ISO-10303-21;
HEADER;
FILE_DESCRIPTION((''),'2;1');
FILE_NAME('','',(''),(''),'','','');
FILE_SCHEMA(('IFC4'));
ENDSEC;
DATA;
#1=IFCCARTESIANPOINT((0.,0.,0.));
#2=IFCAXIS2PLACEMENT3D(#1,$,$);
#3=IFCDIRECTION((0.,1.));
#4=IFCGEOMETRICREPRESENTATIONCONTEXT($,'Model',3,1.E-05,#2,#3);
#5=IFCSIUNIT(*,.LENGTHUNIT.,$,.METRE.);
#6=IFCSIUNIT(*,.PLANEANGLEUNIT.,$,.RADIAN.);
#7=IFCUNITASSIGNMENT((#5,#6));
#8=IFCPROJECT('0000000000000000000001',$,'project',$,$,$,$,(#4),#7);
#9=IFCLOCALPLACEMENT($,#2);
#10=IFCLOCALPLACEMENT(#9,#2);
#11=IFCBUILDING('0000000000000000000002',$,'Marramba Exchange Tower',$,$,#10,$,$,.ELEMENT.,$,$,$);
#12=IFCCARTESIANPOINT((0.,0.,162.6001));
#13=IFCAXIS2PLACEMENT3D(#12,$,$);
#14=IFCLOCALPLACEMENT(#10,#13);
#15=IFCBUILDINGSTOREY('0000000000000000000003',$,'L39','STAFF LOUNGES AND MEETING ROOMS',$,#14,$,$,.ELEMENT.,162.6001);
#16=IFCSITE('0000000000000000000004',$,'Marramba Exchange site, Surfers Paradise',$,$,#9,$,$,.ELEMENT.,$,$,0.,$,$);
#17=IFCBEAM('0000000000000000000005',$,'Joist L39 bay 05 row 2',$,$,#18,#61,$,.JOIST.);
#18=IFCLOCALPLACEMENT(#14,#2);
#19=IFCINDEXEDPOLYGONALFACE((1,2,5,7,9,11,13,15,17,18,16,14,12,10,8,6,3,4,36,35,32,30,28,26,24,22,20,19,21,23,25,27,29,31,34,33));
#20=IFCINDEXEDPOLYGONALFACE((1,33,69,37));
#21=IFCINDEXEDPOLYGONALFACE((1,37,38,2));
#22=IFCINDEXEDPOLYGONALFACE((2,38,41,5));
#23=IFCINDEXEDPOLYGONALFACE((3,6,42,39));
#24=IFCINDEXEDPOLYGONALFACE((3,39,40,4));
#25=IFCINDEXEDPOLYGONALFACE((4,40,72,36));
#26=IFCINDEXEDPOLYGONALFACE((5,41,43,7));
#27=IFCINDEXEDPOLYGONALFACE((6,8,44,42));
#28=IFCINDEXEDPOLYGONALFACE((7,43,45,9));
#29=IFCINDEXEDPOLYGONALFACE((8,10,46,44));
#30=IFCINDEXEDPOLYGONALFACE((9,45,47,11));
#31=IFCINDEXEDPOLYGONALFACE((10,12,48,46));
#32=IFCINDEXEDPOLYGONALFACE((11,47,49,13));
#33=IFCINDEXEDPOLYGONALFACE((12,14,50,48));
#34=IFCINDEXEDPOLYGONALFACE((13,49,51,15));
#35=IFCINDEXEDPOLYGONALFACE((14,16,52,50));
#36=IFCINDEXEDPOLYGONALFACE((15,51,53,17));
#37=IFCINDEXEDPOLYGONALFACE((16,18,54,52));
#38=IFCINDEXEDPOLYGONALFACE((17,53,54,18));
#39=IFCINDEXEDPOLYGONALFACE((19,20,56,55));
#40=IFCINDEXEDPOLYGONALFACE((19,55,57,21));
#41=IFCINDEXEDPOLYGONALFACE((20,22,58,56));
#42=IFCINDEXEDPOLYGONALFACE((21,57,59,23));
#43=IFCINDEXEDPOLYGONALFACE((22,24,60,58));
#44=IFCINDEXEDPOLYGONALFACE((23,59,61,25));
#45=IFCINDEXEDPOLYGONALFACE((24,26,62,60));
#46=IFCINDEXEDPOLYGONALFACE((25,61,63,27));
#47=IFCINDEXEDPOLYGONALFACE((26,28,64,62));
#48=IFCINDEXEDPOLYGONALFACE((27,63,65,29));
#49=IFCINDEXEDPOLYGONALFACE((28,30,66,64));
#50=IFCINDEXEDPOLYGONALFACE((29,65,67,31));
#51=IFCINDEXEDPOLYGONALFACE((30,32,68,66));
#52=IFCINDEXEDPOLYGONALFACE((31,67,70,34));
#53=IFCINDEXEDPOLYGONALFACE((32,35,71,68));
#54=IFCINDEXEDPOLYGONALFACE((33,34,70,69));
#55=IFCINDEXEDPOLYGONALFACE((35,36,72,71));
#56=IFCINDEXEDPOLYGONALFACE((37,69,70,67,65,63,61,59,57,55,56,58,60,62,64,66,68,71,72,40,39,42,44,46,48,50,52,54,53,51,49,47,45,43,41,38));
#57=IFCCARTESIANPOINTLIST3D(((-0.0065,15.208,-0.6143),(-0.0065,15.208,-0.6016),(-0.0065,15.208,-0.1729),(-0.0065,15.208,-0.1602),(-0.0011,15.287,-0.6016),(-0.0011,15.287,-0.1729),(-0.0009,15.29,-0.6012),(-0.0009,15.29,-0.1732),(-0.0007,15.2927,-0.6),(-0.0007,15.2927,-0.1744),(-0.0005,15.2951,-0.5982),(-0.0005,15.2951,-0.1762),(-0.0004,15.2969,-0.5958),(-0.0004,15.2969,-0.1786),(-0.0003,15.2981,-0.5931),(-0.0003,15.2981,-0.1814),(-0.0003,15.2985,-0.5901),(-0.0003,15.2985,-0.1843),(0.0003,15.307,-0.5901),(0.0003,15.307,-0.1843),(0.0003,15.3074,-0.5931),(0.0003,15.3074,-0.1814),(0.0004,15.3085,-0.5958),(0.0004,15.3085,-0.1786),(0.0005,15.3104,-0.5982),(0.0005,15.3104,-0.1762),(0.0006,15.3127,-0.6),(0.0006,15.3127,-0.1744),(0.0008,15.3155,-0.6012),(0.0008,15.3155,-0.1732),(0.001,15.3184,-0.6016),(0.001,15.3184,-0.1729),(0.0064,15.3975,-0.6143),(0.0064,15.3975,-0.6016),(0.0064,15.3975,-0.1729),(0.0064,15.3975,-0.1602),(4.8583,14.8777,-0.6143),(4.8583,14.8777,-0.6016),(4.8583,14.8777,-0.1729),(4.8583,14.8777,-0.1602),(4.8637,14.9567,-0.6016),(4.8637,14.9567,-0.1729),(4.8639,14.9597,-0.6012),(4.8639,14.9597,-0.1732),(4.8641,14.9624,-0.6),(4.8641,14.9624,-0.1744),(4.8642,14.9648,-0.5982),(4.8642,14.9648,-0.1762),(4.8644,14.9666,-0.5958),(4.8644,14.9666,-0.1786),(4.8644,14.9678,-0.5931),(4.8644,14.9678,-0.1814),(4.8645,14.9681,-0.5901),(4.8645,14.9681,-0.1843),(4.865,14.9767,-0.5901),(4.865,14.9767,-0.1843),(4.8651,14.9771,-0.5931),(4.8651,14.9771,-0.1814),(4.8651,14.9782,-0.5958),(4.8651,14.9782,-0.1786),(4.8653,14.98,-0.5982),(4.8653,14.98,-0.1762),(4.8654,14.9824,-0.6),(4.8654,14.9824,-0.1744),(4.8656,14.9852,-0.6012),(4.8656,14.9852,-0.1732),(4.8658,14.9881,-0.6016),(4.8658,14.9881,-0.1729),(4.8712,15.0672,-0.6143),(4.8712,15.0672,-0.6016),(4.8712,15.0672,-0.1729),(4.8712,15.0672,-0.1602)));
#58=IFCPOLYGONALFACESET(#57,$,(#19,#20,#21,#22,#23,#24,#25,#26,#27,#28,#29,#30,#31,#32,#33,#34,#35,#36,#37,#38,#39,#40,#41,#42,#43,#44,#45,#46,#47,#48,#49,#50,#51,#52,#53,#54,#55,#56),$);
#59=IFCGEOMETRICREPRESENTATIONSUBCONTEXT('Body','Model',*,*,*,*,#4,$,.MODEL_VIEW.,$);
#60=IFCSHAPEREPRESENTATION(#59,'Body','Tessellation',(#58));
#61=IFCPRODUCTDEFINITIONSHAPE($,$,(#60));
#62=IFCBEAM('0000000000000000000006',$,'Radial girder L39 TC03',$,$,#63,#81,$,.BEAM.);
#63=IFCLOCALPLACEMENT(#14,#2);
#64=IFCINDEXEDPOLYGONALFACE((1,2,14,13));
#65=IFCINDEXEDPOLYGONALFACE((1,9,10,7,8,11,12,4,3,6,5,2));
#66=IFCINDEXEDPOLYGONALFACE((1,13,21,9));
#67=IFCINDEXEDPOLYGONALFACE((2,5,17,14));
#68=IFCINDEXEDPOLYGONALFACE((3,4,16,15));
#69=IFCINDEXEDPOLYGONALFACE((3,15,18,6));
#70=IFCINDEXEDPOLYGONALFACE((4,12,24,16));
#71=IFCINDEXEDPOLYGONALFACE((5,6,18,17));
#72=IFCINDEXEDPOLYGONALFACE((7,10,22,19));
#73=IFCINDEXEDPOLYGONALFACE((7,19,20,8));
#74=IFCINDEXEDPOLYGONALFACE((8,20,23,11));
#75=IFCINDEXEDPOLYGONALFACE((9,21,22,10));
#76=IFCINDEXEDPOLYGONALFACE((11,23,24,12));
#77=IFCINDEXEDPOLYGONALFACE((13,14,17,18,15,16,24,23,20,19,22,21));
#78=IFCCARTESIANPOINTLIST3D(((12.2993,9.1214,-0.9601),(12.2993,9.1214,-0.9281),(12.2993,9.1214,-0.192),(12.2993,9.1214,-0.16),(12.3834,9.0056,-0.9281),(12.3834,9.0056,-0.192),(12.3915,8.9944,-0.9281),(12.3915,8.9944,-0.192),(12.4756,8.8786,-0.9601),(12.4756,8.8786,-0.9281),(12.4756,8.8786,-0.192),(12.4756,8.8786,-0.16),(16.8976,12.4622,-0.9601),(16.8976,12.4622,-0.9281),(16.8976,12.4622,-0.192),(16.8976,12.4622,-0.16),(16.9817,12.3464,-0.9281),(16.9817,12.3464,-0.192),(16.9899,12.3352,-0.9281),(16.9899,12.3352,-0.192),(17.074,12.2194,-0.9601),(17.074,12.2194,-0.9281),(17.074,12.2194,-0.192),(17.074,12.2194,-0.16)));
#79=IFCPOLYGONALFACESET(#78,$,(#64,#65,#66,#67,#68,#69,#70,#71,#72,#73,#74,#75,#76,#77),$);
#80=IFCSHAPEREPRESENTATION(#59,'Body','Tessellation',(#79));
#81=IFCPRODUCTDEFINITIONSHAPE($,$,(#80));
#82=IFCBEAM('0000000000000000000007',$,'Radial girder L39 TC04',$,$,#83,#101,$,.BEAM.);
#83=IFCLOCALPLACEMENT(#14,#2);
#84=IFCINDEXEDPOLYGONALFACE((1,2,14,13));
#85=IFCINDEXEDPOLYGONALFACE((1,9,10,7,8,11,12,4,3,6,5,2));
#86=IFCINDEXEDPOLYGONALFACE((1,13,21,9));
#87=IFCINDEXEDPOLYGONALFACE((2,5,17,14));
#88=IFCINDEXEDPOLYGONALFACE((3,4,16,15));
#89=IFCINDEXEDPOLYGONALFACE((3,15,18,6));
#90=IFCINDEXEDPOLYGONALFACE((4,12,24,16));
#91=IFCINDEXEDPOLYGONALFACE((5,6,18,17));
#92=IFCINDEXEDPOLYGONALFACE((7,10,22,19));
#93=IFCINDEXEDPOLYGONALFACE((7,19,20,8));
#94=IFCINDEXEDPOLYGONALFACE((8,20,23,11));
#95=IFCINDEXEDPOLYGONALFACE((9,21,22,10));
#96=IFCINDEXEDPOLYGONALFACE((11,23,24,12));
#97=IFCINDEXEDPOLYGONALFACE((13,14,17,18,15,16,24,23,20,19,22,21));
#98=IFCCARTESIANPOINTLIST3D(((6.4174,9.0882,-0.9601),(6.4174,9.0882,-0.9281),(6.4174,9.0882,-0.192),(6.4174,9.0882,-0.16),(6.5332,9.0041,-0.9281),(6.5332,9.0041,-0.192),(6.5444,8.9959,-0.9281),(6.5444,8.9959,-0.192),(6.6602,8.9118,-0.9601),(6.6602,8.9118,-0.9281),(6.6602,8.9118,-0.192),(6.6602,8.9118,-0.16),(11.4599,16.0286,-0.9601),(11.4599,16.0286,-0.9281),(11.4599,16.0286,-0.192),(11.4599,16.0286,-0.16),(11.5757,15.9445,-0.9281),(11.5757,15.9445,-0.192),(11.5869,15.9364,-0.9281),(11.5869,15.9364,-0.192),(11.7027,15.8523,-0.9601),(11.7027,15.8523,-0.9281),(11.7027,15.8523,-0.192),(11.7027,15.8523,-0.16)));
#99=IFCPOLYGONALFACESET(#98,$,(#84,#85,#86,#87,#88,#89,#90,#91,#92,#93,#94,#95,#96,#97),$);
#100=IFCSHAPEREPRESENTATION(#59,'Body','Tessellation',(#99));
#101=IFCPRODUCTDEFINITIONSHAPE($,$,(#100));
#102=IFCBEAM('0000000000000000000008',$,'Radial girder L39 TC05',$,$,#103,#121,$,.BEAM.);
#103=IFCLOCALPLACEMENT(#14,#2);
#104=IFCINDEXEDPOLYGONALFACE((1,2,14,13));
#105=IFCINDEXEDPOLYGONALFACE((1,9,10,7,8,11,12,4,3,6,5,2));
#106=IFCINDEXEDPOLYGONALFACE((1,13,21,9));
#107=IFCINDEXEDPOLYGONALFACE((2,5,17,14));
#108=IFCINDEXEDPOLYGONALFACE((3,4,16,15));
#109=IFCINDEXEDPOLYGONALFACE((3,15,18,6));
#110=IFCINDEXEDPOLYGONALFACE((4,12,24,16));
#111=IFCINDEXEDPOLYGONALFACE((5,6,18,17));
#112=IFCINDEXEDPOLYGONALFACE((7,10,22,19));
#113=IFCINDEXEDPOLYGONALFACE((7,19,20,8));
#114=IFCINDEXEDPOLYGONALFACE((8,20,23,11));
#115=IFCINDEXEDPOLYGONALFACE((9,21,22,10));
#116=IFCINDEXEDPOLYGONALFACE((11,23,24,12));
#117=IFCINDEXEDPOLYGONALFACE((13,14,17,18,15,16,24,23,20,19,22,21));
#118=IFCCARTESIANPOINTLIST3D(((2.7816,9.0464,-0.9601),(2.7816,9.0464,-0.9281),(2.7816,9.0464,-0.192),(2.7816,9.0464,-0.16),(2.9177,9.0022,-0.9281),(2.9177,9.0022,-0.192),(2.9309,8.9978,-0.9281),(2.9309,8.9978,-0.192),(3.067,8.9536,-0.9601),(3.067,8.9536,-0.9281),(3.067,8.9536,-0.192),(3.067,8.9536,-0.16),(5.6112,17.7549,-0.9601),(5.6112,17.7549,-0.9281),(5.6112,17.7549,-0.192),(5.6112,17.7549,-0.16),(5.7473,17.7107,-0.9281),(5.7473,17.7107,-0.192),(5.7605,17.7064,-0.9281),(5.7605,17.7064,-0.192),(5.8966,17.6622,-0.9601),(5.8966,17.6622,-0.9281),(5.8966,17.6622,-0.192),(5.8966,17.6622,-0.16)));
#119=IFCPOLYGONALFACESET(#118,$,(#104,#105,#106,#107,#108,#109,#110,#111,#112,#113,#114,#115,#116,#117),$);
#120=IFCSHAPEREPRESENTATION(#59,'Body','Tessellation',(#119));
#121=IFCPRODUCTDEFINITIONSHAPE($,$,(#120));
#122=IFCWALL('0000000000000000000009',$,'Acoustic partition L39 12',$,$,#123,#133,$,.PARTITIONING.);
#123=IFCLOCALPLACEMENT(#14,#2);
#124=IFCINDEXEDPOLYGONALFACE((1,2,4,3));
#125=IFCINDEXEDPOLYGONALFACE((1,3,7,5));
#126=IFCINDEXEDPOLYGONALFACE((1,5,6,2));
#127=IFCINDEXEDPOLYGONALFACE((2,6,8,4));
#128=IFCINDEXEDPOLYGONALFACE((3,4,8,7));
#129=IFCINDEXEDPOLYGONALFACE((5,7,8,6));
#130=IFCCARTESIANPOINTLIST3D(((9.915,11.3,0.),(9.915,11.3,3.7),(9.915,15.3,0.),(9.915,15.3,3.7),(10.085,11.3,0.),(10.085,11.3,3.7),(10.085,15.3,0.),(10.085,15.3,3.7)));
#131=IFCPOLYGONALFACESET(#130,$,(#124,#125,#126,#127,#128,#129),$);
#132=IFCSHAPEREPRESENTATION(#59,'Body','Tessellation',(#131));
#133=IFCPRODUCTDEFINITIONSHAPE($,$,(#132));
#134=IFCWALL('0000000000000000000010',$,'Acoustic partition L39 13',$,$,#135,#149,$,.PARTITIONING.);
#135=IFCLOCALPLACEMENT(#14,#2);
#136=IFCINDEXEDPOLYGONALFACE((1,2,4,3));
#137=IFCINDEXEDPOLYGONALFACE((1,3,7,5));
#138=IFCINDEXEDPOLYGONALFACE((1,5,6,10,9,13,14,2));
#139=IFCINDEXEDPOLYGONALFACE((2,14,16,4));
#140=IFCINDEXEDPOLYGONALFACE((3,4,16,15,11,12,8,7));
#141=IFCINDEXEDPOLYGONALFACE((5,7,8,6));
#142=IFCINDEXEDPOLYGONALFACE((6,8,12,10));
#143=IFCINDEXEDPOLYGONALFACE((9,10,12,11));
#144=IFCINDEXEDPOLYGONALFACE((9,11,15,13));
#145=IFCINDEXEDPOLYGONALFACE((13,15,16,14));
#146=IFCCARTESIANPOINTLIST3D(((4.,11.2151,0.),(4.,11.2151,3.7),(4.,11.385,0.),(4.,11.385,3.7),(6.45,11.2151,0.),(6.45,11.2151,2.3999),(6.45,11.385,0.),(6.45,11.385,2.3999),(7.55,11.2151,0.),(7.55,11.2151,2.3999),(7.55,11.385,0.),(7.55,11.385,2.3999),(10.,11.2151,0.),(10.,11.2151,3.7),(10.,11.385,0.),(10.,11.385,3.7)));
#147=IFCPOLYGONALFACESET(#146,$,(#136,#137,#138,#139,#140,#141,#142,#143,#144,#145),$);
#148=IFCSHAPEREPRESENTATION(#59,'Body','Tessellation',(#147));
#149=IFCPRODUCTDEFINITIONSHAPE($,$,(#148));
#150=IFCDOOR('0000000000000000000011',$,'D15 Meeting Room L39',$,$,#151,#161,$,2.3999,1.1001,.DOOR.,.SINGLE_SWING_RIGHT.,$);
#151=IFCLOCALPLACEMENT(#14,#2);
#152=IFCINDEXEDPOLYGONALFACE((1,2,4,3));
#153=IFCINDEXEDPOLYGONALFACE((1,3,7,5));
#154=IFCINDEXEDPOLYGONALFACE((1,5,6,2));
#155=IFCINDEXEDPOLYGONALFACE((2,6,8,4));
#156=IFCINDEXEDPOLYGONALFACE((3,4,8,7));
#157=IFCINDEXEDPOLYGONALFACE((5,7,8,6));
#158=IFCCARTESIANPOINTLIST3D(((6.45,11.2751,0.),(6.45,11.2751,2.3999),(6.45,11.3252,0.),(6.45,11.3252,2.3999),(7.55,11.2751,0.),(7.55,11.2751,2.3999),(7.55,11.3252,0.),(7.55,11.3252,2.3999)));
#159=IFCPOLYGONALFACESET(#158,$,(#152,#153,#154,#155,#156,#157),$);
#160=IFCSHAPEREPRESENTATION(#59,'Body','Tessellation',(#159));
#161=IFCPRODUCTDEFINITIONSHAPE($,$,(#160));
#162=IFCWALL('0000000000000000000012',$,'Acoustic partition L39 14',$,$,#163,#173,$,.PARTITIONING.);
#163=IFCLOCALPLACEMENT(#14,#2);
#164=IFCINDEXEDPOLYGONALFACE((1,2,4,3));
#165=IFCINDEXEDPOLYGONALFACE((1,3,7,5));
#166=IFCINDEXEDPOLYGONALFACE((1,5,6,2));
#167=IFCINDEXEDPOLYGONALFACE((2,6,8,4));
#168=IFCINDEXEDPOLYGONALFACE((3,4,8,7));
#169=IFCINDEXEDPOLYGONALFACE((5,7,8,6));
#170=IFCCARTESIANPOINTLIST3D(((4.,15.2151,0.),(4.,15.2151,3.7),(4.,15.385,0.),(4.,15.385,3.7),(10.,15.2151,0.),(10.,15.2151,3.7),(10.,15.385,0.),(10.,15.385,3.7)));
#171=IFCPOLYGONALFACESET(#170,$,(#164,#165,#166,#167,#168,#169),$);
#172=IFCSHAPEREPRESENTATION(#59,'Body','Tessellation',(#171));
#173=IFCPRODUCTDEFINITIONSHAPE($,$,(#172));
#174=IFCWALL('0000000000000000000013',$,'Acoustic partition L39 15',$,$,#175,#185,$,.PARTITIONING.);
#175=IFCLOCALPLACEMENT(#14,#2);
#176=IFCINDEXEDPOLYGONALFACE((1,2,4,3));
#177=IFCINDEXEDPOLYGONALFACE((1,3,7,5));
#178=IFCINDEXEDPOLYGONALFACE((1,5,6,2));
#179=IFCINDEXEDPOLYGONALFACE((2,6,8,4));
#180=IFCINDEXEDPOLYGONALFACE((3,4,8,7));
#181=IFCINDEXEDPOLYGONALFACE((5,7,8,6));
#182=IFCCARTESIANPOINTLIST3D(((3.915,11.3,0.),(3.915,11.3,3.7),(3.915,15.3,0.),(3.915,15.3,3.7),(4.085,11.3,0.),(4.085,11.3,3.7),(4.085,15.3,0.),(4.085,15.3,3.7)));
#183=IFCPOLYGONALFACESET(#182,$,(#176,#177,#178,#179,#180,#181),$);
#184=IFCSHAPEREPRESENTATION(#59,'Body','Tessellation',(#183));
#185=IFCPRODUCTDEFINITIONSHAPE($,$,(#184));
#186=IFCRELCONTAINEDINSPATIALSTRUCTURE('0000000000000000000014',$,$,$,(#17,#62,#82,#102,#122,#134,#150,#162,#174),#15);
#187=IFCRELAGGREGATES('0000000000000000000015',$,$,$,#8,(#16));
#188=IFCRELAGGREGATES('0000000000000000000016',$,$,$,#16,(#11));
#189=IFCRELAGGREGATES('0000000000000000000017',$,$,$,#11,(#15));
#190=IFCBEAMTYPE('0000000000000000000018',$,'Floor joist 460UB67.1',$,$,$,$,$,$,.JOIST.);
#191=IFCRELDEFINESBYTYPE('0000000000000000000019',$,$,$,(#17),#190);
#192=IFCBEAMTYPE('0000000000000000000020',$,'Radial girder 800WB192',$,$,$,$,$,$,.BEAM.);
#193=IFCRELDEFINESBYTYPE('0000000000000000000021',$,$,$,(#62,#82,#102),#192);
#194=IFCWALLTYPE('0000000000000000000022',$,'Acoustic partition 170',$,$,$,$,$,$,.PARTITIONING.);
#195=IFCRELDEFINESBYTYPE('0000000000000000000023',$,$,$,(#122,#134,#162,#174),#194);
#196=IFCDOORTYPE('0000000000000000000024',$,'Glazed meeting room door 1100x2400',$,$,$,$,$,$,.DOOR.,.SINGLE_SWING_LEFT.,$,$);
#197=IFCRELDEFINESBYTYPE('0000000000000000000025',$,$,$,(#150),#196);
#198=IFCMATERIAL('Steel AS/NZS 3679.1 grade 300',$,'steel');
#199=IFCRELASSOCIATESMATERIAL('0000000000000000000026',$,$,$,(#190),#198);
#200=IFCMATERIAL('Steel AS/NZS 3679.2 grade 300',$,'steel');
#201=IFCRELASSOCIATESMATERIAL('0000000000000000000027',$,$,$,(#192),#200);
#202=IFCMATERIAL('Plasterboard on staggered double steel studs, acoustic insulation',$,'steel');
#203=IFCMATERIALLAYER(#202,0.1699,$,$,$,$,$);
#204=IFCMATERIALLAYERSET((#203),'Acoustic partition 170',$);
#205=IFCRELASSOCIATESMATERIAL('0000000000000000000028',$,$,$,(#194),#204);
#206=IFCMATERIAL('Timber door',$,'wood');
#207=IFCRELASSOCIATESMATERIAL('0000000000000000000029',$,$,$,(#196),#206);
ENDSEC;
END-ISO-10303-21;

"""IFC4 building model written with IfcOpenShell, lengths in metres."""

from ifc_helpers import new_model, si_unit, direction, frame, frame_2d, origin, origin_2d, place, context, subcontext, project, spatial, rectangle, i_section, extrude, material, layer, layer_set, material_profile, profile_set, type_object, element, fill, save


model = new_model("IFC4")

# Units and contexts
model_context = context("Model", 3, precision=1e-05, world=origin(), true_north=direction((0.0, 1.0)))
body_context = subcontext(model_context, "Body", "Model", "MODEL_VIEW")
ifc_project = project(units=[si_unit("LENGTHUNIT", "METRE"), si_unit("PLANEANGLEUNIT", "RADIAN")], contexts=[model_context])

# Site, building, storey
site_placement = place(None, origin())
site = spatial("IfcSite", under=ifc_project, at=site_placement, Name="Marramba Exchange site, Surfers Paradise", CompositionType="ELEMENT", RefElevation=0.0)
building_placement = place(site_placement, origin())
building = spatial("IfcBuilding", under=site, at=building_placement, Name="Marramba Exchange Tower", CompositionType="ELEMENT")
storey_placement = place(building_placement, frame((0.0, 0.0, 162.6001)))
storey = spatial("IfcBuildingStorey", under=building, at=storey_placement, Name="L39", Description="STAFF LOUNGES AND MEETING ROOMS", CompositionType="ELEMENT", Elevation=162.6001)

# Beams
ifc_material_1 = material(Name="Steel AS/NZS 3679.1 grade 300", Category="steel")
ifc_material_profile_1 = material_profile(ifc_material_1, i_section(OverallWidth=0.1899, OverallDepth=0.4541, WebThickness=0.0085, FlangeThickness=0.0127, FilletRadius=0.0115, at=origin_2d()), Name="460UB67.1")
ifc_profile_set_1 = profile_set([ifc_material_profile_1], Name="Steel AS/NZS 3679.1 grade 300")
beam_type_1 = type_object("IfcBeamType", Name="Floor joist 460UB67.1", PredefinedType="JOIST", material=ifc_profile_set_1)
beam_1_placement = place(storey_placement, frame((4.8647, 14.9724, -0.3872), z_axis=(-0.997703, 0.067745, 0.0), x_axis=(-0.067745, -0.997703, 0.0)))
element("IfcBeam", 1, at=beam_1_placement, inside=storey, type_object=beam_type_1, Name="Joist L39 bay 05 row 2", PredefinedType="JOIST", context=body_context, shape_type="SweptSolid", body=[
    extrude(i_section(OverallWidth=0.1899, OverallDepth=0.4541, WebThickness=0.0085, FlangeThickness=0.0127, FilletRadius=0.0115, at=origin_2d()), origin(), (0.0, 0.0, 1.0), 4.876),
])
ifc_material_2 = material(Name="Steel AS/NZS 3679.2 grade 300", Category="steel")
ifc_material_profile_2 = material_profile(ifc_material_2, i_section(OverallWidth=0.3, OverallDepth=0.8, WebThickness=0.0139, FlangeThickness=0.032, at=origin_2d()), Name="800WB192")
ifc_profile_set_2 = profile_set([ifc_material_profile_2], Name="Steel AS/NZS 3679.2 grade 300")
beam_type_2 = type_object("IfcBeamType", Name="Radial girder 800WB192", PredefinedType="BEAM", material=ifc_profile_set_2)
beam_2_placement = place(storey_placement, frame((12.3875, 9.0, -0.5601), z_axis=(0.809026, 0.587773, 0.0), x_axis=(-0.587773, 0.809026, 0.0)))
element("IfcBeam", 2, at=beam_2_placement, inside=storey, type_object=beam_type_2, Name="Radial girder L39 TC03", PredefinedType="BEAM", context=body_context, shape_type="SweptSolid", body=[
    extrude(i_section(OverallWidth=0.3, OverallDepth=0.8, WebThickness=0.0139, FlangeThickness=0.032, at=origin_2d()), origin(), (0.0, 0.0, 1.0), 5.6838),
])
beam_3_placement = place(storey_placement, frame((6.5388, 9.0, -0.5601), z_axis=(0.587782, 0.809019, 0.0), x_axis=(-0.809019, 0.587782, 0.0)))
element("IfcBeam", 3, at=beam_3_placement, inside=storey, type_object=beam_type_2, Name="Radial girder L39 TC04", PredefinedType="BEAM", context=body_context, shape_type="SweptSolid", body=[
    extrude(i_section(OverallWidth=0.3, OverallDepth=0.8, WebThickness=0.0139, FlangeThickness=0.032, at=origin_2d()), origin(), (0.0, 0.0, 1.0), 8.5789),
])
beam_4_placement = place(storey_placement, frame((2.9243, 9.0, -0.5601), z_axis=(0.30902, 0.951056, 0.0), x_axis=(-0.951056, 0.30902, 0.0)))
element("IfcBeam", 4, at=beam_4_placement, inside=storey, type_object=beam_type_2, Name="Radial girder L39 TC05", PredefinedType="BEAM", context=body_context, shape_type="SweptSolid", body=[
    extrude(i_section(OverallWidth=0.3, OverallDepth=0.8, WebThickness=0.0139, FlangeThickness=0.032, at=origin_2d()), origin(), (0.0, 0.0, 1.0), 9.1567),
])

# Wall
ifc_material_3 = material(Name="Plasterboard on staggered double steel studs, acoustic insulation", Category="steel")
ifc_layer_1 = layer(ifc_material_3, 0.1699)
ifc_layer_set_1 = layer_set([ifc_layer_1], Name="Acoustic partition 170")
wall_type_1 = type_object("IfcWallType", Name="Acoustic partition 170", PredefinedType="PARTITIONING", material=ifc_layer_set_1)
wall_1_placement = place(storey_placement, frame((10.0, 15.3, 0.0), z_axis=(0.0, 0.0, 1.0), x_axis=(0.0, -1.0, 0.0)))
element("IfcWall", 5, at=wall_1_placement, inside=storey, type_object=wall_type_1, Name="Acoustic partition L39 12", PredefinedType="PARTITIONING", context=body_context, shape_type="SweptSolid", body=[
    extrude(rectangle(XDim=4.0, YDim=0.1699, at=frame_2d((2.0, 0.0))), origin(), (0.0, 0.0, 1.0), 3.7),
])

# Wall, opening, door
wall_2_placement = place(storey_placement, frame((10.0, 11.3, 0.0), z_axis=(0.0, 0.0, 1.0), x_axis=(-1.0, 0.0, 0.0)))
wall_2 = element("IfcWall", 6, at=wall_2_placement, inside=storey, type_object=wall_type_1, Name="Acoustic partition L39 13", PredefinedType="PARTITIONING", context=body_context, shape_type="SweptSolid", body=[
    extrude(rectangle(XDim=6.0, YDim=0.1699, at=frame_2d((3.0, 0.0))), origin(), (0.0, 0.0, 1.0), 3.7),
])
opening_placement = place(wall_2_placement, frame((2.45, 0.0, 0.0)))
opening = element("IfcOpeningElement", 7, at=opening_placement, cuts=wall_2, PredefinedType="OPENING", context=body_context, shape_type="SweptSolid", body=[
    extrude(rectangle(XDim=1.1001, YDim=2.3999, at=frame_2d((0.55, 1.2))), frame((0.0, 0.095, 0.0), z_axis=(0.0, -1.0, 0.0), x_axis=(1.0, 0.0, 0.0)), (0.0, 0.0, 1.0), 0.1899),
])
ifc_material_4 = material(Name="Timber door", Category="wood")
door_type = type_object("IfcDoorType", Name="Glazed meeting room door 1100x2400", OperationType="SINGLE_SWING_LEFT", PredefinedType="DOOR", material=ifc_material_4)
door_placement = place(opening_placement, frame((1.1001, 0.0, 0.0), z_axis=(0.0, 0.0, 1.0), x_axis=(-1.0, 0.0, 0.0)))
door = element("IfcDoor", 8, at=door_placement, inside=storey, type_object=door_type, Name="D15 Meeting Room L39", OperationType="SINGLE_SWING_RIGHT", OverallHeight=2.3999, OverallWidth=1.1001, PredefinedType="DOOR", context=body_context, shape_type="SweptSolid", body=[
    extrude(rectangle(XDim=1.1001, YDim=2.3999, at=frame_2d((0.55, 1.2))), frame((0.0, 0.0251, 0.0), z_axis=(0.0, -1.0, 0.0), x_axis=(1.0, 0.0, 0.0)), (0.0, 0.0, 1.0), 0.05),
])
fill(opening, door)

# Walls
wall_3_placement = place(storey_placement, frame((4.0, 15.3, 0.0), z_axis=(0.0, 0.0, 1.0), x_axis=(1.0, 0.0, 0.0)))
element("IfcWall", 9, at=wall_3_placement, inside=storey, type_object=wall_type_1, Name="Acoustic partition L39 14", PredefinedType="PARTITIONING", context=body_context, shape_type="SweptSolid", body=[
    extrude(rectangle(XDim=6.0, YDim=0.1699, at=frame_2d((3.0, 0.0))), origin(), (0.0, 0.0, 1.0), 3.7),
])
wall_4_placement = place(storey_placement, frame((4.0, 11.3, 0.0), z_axis=(0.0, 0.0, 1.0), x_axis=(0.0, 1.0, 0.0)))
element("IfcWall", 10, at=wall_4_placement, inside=storey, type_object=wall_type_1, Name="Acoustic partition L39 15", PredefinedType="PARTITIONING", context=body_context, shape_type="SweptSolid", body=[
    extrude(rectangle(XDim=4.0, YDim=0.1699, at=frame_2d((2.0, 0.0))), origin(), (0.0, 0.0, 1.0), 3.7),
])

save(model, "model.ifc")
